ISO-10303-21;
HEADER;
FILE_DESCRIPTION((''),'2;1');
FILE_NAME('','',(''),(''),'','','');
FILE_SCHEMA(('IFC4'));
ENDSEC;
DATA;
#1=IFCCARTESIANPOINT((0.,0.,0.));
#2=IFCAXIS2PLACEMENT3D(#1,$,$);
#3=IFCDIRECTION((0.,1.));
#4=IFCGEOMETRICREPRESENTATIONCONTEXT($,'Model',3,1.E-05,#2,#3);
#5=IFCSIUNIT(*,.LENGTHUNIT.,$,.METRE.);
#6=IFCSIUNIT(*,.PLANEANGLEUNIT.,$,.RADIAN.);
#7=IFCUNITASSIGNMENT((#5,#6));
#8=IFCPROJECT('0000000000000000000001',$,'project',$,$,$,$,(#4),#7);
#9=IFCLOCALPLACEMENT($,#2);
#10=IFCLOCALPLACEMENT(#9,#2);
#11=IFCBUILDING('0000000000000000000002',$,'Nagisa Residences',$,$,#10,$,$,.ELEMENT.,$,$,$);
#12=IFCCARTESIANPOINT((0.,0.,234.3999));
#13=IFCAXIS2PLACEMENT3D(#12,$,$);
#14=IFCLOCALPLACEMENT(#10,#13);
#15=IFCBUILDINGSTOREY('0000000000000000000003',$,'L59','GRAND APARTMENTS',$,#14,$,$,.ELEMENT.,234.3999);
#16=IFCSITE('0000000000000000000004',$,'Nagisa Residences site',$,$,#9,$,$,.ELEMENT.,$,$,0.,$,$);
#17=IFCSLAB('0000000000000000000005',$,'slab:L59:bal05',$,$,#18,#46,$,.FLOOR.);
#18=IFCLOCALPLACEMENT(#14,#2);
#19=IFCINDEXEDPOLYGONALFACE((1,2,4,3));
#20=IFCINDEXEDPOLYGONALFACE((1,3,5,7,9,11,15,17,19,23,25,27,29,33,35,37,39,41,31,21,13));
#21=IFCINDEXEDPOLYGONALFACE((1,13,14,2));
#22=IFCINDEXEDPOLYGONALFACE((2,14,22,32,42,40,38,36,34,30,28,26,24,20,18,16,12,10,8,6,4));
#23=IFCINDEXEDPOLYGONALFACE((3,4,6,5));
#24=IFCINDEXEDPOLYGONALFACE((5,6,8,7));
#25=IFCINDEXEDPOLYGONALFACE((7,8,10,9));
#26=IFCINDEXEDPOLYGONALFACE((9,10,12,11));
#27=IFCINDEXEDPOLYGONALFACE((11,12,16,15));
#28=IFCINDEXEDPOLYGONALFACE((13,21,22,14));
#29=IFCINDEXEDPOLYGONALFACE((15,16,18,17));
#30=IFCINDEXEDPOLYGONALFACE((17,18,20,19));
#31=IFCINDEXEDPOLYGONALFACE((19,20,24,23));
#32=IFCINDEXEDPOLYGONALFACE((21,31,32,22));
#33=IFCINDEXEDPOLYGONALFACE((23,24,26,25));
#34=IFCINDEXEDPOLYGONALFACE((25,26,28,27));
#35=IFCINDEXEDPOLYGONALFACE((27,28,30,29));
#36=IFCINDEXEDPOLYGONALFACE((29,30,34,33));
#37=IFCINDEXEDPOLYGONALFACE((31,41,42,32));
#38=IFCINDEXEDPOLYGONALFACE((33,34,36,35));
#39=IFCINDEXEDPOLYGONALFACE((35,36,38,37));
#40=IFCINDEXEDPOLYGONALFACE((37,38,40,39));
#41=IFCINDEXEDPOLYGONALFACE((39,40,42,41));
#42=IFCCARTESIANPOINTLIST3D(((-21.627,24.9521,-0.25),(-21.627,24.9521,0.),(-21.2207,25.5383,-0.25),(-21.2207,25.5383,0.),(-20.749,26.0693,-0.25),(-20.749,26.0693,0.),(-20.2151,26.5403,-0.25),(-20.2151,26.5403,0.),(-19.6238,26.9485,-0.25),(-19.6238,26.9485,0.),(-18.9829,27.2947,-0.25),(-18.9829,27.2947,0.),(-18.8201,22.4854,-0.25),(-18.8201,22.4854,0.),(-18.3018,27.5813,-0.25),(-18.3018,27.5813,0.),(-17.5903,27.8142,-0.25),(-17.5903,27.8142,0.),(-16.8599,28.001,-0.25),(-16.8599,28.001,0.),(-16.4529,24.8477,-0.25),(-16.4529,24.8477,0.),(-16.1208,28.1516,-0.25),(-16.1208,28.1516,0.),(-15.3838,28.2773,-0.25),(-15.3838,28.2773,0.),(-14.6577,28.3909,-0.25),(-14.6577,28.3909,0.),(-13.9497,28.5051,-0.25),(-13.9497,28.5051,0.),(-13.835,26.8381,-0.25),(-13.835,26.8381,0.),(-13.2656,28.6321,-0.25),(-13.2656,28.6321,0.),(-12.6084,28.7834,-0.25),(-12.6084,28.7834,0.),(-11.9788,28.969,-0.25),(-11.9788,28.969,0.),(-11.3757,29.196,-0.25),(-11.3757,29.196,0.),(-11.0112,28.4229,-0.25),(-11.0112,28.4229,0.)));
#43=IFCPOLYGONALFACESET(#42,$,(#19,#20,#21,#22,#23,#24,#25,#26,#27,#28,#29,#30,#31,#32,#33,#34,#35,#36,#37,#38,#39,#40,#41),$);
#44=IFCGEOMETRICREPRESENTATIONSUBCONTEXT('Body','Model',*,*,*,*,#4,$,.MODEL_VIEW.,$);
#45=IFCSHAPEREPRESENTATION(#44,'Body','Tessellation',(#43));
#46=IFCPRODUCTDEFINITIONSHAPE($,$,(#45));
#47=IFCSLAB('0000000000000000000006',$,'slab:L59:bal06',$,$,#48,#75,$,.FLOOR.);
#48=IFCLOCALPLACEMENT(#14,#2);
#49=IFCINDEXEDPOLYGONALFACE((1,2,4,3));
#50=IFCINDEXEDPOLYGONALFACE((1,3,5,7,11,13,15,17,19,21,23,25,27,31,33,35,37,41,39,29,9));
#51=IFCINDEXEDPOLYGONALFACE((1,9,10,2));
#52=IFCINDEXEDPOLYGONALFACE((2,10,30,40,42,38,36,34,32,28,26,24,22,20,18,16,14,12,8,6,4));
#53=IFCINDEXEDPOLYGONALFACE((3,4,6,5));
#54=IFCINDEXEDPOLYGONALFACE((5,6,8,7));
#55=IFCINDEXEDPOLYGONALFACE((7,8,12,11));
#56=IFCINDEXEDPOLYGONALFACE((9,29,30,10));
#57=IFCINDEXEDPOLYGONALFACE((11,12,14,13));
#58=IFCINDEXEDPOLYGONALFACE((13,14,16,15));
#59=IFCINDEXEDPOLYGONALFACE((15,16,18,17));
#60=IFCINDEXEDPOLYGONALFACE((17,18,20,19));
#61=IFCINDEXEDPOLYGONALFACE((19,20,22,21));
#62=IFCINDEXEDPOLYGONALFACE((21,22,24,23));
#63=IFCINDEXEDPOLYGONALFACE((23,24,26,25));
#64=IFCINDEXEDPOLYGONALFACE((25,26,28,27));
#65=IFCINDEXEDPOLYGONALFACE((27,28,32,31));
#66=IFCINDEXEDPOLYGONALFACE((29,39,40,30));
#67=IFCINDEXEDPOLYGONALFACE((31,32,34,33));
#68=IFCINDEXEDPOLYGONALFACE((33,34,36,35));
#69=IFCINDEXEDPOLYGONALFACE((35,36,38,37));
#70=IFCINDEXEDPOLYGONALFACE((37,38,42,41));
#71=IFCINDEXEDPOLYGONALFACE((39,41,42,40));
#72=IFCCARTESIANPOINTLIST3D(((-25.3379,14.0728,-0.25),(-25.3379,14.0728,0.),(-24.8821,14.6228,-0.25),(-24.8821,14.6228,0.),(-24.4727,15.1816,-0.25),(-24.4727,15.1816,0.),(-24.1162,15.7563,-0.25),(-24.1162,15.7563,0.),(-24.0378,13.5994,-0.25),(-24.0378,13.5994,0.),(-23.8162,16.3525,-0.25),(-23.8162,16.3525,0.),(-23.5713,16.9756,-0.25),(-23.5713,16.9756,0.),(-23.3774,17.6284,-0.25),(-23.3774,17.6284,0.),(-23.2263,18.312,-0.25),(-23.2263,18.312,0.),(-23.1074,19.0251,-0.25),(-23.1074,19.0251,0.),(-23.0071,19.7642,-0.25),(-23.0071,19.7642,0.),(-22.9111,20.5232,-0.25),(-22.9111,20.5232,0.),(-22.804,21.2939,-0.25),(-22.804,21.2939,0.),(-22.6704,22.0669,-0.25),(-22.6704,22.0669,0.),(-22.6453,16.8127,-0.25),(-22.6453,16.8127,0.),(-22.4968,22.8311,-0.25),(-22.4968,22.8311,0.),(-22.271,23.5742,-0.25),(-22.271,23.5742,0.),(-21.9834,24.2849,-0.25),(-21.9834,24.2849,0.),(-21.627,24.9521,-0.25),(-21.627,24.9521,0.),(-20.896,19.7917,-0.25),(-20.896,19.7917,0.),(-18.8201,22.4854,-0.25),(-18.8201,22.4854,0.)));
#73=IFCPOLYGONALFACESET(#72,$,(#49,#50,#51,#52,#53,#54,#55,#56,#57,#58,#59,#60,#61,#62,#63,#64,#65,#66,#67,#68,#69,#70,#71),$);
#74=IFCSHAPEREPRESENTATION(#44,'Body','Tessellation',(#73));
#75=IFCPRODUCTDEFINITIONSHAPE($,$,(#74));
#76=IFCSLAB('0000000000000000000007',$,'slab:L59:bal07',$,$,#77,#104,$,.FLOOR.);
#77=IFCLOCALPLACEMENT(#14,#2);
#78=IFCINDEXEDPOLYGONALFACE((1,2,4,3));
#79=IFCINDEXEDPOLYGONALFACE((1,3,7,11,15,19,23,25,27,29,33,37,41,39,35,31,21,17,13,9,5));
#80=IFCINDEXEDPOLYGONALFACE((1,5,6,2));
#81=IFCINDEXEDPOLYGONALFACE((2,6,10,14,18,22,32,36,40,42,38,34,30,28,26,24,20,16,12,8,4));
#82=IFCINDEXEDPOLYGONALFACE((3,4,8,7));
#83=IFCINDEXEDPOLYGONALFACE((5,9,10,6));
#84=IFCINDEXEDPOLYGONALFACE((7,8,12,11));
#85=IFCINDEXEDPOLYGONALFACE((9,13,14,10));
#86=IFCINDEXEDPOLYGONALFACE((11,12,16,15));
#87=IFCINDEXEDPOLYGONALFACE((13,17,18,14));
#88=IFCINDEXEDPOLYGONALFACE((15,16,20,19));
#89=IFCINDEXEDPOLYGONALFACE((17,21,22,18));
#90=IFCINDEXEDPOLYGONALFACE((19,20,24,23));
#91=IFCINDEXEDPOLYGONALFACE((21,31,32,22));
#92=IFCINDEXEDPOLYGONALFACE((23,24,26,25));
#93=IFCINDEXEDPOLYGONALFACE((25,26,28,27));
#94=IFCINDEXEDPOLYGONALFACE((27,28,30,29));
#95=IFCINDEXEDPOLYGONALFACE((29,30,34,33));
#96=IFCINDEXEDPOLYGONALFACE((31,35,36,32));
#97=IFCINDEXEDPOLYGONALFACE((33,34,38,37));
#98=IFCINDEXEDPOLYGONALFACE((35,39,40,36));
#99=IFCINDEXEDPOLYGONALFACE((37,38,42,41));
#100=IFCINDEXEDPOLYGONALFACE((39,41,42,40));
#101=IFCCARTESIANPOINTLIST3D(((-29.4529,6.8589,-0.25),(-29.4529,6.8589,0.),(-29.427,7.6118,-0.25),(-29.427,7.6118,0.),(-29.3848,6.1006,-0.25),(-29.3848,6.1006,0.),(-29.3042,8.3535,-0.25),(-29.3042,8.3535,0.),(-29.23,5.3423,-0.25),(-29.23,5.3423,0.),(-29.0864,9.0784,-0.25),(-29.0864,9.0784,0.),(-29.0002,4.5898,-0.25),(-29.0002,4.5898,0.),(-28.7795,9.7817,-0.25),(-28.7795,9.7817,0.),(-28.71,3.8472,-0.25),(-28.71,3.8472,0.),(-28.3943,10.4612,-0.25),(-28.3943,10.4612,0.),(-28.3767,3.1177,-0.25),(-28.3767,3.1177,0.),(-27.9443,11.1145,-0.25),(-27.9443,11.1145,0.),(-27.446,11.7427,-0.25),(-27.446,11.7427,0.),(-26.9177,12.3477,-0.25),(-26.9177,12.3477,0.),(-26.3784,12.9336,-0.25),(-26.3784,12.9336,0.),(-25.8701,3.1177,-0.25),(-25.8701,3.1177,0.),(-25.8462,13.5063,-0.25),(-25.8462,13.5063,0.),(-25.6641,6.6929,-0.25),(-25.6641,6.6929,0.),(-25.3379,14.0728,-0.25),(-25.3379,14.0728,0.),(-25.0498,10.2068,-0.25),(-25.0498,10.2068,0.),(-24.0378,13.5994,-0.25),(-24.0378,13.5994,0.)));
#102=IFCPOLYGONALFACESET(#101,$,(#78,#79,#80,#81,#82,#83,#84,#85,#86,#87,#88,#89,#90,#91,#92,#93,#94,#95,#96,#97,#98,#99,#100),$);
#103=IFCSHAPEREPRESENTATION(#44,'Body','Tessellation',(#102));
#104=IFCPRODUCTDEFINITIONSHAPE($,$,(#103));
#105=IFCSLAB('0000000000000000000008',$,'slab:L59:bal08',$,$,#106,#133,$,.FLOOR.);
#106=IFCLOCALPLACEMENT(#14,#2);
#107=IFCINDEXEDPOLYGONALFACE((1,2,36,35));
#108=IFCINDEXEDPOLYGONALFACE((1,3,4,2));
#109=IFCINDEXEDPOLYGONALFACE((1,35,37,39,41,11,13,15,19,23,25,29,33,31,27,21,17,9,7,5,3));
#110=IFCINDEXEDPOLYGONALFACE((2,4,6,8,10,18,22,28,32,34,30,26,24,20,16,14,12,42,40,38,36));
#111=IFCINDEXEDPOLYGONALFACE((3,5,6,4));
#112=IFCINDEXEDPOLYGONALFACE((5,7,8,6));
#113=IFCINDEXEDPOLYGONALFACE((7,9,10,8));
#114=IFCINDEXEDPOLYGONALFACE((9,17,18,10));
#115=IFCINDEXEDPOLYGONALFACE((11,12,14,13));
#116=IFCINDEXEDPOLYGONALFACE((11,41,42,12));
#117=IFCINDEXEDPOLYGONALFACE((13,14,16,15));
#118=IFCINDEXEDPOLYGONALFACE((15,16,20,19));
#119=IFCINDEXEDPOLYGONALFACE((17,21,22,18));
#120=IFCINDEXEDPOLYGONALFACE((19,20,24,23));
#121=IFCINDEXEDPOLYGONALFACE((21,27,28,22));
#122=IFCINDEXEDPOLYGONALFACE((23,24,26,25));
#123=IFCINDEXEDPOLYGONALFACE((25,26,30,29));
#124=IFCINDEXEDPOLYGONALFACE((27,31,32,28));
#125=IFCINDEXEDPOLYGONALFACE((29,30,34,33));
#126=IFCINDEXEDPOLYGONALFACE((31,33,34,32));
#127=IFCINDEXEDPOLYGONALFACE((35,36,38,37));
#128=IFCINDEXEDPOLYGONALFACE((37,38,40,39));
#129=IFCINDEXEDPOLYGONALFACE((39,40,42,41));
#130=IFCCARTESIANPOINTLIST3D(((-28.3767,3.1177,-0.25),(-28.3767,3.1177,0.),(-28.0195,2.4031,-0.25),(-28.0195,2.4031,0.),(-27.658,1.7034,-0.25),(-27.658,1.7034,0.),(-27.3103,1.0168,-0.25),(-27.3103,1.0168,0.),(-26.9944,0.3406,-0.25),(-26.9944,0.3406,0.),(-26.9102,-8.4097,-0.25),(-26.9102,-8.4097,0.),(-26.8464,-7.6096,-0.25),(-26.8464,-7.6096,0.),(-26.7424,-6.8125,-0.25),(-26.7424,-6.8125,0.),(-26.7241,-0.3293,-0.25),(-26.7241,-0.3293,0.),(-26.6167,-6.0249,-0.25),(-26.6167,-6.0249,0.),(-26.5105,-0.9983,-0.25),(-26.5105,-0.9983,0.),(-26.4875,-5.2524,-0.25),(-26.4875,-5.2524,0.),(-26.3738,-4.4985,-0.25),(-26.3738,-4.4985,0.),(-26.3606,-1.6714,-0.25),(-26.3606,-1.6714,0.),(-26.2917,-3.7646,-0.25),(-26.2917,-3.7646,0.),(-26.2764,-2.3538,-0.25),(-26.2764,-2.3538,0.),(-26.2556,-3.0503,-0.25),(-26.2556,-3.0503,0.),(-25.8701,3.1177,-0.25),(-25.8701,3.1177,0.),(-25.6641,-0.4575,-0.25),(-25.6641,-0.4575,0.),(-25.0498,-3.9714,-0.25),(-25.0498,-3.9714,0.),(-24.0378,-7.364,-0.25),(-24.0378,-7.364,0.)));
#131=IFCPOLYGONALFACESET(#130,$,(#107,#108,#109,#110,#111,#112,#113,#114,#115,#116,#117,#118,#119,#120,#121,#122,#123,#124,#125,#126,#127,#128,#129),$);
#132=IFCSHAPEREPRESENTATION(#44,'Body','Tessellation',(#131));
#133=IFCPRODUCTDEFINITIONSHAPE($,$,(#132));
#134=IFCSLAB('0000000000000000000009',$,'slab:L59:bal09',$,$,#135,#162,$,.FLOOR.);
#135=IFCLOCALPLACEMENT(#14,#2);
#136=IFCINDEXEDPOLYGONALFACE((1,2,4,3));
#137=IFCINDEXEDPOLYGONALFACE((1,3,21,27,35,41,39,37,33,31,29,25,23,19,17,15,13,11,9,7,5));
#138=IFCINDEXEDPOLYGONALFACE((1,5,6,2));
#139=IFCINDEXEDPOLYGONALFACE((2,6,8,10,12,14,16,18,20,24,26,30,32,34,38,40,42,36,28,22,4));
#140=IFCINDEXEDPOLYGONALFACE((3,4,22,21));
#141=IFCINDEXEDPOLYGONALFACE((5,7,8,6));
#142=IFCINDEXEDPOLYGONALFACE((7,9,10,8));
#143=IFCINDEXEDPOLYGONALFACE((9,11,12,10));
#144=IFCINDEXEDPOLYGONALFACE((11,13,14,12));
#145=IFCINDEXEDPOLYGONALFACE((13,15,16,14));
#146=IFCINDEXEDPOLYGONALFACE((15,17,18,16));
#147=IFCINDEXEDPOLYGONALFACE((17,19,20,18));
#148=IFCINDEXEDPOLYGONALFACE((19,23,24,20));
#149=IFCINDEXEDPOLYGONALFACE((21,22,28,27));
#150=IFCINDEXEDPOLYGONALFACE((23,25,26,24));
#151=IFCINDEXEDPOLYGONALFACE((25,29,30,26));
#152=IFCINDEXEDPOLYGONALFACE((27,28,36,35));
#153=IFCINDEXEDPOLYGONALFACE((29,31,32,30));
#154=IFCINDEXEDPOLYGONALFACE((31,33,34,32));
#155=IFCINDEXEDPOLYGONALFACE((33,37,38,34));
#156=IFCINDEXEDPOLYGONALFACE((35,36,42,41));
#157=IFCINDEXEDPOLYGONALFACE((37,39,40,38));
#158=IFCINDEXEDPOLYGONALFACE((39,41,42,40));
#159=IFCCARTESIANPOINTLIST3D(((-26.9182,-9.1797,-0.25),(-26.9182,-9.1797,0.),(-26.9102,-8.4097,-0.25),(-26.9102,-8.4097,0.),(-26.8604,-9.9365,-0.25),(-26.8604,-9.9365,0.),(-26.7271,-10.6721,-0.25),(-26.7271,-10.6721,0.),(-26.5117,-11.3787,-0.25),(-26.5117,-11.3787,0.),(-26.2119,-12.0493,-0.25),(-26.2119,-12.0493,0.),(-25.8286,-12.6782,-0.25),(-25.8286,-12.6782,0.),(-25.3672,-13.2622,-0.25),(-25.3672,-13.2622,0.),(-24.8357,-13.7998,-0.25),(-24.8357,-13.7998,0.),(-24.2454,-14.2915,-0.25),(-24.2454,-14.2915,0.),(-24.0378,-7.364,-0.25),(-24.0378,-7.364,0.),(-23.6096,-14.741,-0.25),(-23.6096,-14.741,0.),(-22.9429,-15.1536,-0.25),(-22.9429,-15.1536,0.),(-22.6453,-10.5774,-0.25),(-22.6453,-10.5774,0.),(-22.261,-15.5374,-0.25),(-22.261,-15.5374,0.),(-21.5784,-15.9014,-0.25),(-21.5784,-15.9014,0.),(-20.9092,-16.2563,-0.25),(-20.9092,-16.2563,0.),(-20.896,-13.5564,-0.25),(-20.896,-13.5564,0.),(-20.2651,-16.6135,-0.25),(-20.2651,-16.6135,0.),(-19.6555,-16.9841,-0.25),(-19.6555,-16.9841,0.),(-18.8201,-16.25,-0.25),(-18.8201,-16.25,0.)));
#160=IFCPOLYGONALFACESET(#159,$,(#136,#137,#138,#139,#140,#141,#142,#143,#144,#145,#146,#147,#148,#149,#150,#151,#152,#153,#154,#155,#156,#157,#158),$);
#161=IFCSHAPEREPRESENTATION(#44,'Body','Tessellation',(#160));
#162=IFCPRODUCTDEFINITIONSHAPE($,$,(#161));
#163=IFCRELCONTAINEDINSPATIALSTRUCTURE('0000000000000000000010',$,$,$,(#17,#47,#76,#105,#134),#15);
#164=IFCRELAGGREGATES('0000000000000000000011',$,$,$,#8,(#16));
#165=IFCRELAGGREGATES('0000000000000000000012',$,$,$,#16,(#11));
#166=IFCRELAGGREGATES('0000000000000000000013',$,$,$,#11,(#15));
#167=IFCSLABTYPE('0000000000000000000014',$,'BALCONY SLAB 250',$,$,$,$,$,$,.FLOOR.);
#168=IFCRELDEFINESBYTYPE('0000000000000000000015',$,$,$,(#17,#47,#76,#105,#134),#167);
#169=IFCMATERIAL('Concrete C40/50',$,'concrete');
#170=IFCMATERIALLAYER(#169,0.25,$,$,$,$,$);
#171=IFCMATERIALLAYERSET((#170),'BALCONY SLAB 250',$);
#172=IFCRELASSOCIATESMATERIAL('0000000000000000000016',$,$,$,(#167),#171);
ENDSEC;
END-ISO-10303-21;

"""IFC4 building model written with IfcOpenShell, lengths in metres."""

from ifc_helpers import new_model, si_unit, direction, frame, origin, place, context, subcontext, project, spatial, polyline, outline, extrude, material, layer, layer_set, type_object, element, save


model = new_model("IFC4")

# Units and contexts
model_context = context("Model", 3, precision=1e-05, world=origin(), true_north=direction((0.0, 1.0)))
body_context = subcontext(model_context, "Body", "Model", "MODEL_VIEW")
ifc_project = project(units=[si_unit("LENGTHUNIT", "METRE"), si_unit("PLANEANGLEUNIT", "RADIAN")], contexts=[model_context])

# Site, building, storey
site_placement = place(None, origin())
site = spatial("IfcSite", under=ifc_project, at=site_placement, Name="Nagisa Residences site", CompositionType="ELEMENT", RefElevation=0.0)
building_placement = place(site_placement, origin())
building = spatial("IfcBuilding", under=site, at=building_placement, Name="Nagisa Residences", CompositionType="ELEMENT")
storey_placement = place(building_placement, frame((0.0, 0.0, 234.3999)))
storey = spatial("IfcBuildingStorey", under=building, at=storey_placement, Name="L59", Description="GRAND APARTMENTS", CompositionType="ELEMENT", Elevation=234.3999)

# Slabs
ifc_material_1 = material(Name="Concrete C40/50", Category="concrete")
ifc_layer_1 = layer(ifc_material_1, 0.25)
ifc_layer_set_1 = layer_set([ifc_layer_1], Name="BALCONY SLAB 250")
slab_type_1 = type_object("IfcSlabType", Name="BALCONY SLAB 250", PredefinedType="FLOOR", material=ifc_layer_set_1)
slab_1_placement = place(storey_placement, frame((0.0, 0.0, -0.25)))
element("IfcSlab", 1, at=slab_1_placement, inside=storey, type_object=slab_type_1, Name="slab:L59:bal05", PredefinedType="FLOOR", context=body_context, shape_type="SweptSolid", body=[
    extrude(outline(polyline([(-11.3757, 29.196), (-11.9788, 28.969), (-12.6084, 28.7834), (-13.2656, 28.6321), (-13.9497, 28.5051), (-14.6577, 28.3909), (-15.3838, 28.2773), (-16.1208, 28.1516), (-16.8599, 28.001), (-17.5903, 27.8142), (-18.3018, 27.5813), (-18.9829, 27.2947), (-19.6238, 26.9485), (-20.2151, 26.5403), (-20.749, 26.0693), (-21.2207, 25.5383), (-21.627, 24.9521), (-18.8201, 22.4854), (-16.4529, 24.8477), (-13.835, 26.8381), (-11.0112, 28.4229), (-11.3757, 29.196)])), origin(), (0.0, 0.0, 1.0), 0.25),
])
slab_2_placement = place(storey_placement, frame((0.0, 0.0, -0.25)))
element("IfcSlab", 2, at=slab_2_placement, inside=storey, type_object=slab_type_1, Name="slab:L59:bal06", PredefinedType="FLOOR", context=body_context, shape_type="SweptSolid", body=[
    extrude(outline(polyline([(-21.627, 24.9521), (-21.9834, 24.2849), (-22.271, 23.5742), (-22.4968, 22.8311), (-22.6704, 22.0669), (-22.804, 21.2939), (-22.9111, 20.5232), (-23.0071, 19.7642), (-23.1074, 19.0251), (-23.2263, 18.312), (-23.3774, 17.6284), (-23.5713, 16.9756), (-23.8162, 16.3525), (-24.1162, 15.7563), (-24.4727, 15.1816), (-24.8821, 14.6228), (-25.3379, 14.0728), (-24.0378, 13.5994), (-22.6453, 16.8127), (-20.896, 19.7917), (-18.8201, 22.4854), (-21.627, 24.9521)])), origin(), (0.0, 0.0, 1.0), 0.25),
])
slab_3_placement = place(storey_placement, frame((0.0, 0.0, -0.25)))
element("IfcSlab", 3, at=slab_3_placement, inside=storey, type_object=slab_type_1, Name="slab:L59:bal07", PredefinedType="FLOOR", context=body_context, shape_type="SweptSolid", body=[
    extrude(outline(polyline([(-25.3379, 14.0728), (-25.8462, 13.5063), (-26.3784, 12.9336), (-26.9177, 12.3477), (-27.446, 11.7427), (-27.9443, 11.1145), (-28.3943, 10.4612), (-28.7795, 9.7817), (-29.0864, 9.0784), (-29.3042, 8.3535), (-29.427, 7.6118), (-29.4529, 6.8589), (-29.3848, 6.1006), (-29.23, 5.3423), (-29.0002, 4.5898), (-28.71, 3.8472), (-28.3767, 3.1177), (-25.8701, 3.1177), (-25.6641, 6.6929), (-25.0498, 10.2068), (-24.0378, 13.5994), (-25.3379, 14.0728)])), origin(), (0.0, 0.0, 1.0), 0.25),
])
slab_4_placement = place(storey_placement, frame((0.0, 0.0, -0.25)))
element("IfcSlab", 4, at=slab_4_placement, inside=storey, type_object=slab_type_1, Name="slab:L59:bal08", PredefinedType="FLOOR", context=body_context, shape_type="SweptSolid", body=[
    extrude(outline(polyline([(-28.3767, 3.1177), (-28.0195, 2.4031), (-27.658, 1.7034), (-27.3103, 1.0168), (-26.9944, 0.3406), (-26.7241, -0.3293), (-26.5105, -0.9983), (-26.3606, -1.6714), (-26.2764, -2.3538), (-26.2556, -3.0503), (-26.2917, -3.7646), (-26.3738, -4.4985), (-26.4875, -5.2524), (-26.6167, -6.0249), (-26.7424, -6.8125), (-26.8464, -7.6096), (-26.9102, -8.4097), (-24.0378, -7.364), (-25.0498, -3.9714), (-25.6641, -0.4575), (-25.8701, 3.1177), (-28.3767, 3.1177)])), origin(), (0.0, 0.0, 1.0), 0.25),
])
slab_5_placement = place(storey_placement, frame((0.0, 0.0, -0.25)))
element("IfcSlab", 5, at=slab_5_placement, inside=storey, type_object=slab_type_1, Name="slab:L59:bal09", PredefinedType="FLOOR", context=body_context, shape_type="SweptSolid", body=[
    extrude(outline(polyline([(-26.9102, -8.4097), (-26.9182, -9.1797), (-26.8604, -9.9365), (-26.7271, -10.6721), (-26.5117, -11.3787), (-26.2119, -12.0493), (-25.8286, -12.6782), (-25.3672, -13.2622), (-24.8357, -13.7998), (-24.2454, -14.2915), (-23.6096, -14.741), (-22.9429, -15.1536), (-22.261, -15.5374), (-21.5784, -15.9014), (-20.9092, -16.2563), (-20.2651, -16.6135), (-19.6555, -16.9841), (-18.8201, -16.25), (-20.896, -13.5564), (-22.6453, -10.5774), (-24.0378, -7.364), (-26.9102, -8.4097)])), origin(), (0.0, 0.0, 1.0), 0.25),
])

save(model, "model.ifc")
